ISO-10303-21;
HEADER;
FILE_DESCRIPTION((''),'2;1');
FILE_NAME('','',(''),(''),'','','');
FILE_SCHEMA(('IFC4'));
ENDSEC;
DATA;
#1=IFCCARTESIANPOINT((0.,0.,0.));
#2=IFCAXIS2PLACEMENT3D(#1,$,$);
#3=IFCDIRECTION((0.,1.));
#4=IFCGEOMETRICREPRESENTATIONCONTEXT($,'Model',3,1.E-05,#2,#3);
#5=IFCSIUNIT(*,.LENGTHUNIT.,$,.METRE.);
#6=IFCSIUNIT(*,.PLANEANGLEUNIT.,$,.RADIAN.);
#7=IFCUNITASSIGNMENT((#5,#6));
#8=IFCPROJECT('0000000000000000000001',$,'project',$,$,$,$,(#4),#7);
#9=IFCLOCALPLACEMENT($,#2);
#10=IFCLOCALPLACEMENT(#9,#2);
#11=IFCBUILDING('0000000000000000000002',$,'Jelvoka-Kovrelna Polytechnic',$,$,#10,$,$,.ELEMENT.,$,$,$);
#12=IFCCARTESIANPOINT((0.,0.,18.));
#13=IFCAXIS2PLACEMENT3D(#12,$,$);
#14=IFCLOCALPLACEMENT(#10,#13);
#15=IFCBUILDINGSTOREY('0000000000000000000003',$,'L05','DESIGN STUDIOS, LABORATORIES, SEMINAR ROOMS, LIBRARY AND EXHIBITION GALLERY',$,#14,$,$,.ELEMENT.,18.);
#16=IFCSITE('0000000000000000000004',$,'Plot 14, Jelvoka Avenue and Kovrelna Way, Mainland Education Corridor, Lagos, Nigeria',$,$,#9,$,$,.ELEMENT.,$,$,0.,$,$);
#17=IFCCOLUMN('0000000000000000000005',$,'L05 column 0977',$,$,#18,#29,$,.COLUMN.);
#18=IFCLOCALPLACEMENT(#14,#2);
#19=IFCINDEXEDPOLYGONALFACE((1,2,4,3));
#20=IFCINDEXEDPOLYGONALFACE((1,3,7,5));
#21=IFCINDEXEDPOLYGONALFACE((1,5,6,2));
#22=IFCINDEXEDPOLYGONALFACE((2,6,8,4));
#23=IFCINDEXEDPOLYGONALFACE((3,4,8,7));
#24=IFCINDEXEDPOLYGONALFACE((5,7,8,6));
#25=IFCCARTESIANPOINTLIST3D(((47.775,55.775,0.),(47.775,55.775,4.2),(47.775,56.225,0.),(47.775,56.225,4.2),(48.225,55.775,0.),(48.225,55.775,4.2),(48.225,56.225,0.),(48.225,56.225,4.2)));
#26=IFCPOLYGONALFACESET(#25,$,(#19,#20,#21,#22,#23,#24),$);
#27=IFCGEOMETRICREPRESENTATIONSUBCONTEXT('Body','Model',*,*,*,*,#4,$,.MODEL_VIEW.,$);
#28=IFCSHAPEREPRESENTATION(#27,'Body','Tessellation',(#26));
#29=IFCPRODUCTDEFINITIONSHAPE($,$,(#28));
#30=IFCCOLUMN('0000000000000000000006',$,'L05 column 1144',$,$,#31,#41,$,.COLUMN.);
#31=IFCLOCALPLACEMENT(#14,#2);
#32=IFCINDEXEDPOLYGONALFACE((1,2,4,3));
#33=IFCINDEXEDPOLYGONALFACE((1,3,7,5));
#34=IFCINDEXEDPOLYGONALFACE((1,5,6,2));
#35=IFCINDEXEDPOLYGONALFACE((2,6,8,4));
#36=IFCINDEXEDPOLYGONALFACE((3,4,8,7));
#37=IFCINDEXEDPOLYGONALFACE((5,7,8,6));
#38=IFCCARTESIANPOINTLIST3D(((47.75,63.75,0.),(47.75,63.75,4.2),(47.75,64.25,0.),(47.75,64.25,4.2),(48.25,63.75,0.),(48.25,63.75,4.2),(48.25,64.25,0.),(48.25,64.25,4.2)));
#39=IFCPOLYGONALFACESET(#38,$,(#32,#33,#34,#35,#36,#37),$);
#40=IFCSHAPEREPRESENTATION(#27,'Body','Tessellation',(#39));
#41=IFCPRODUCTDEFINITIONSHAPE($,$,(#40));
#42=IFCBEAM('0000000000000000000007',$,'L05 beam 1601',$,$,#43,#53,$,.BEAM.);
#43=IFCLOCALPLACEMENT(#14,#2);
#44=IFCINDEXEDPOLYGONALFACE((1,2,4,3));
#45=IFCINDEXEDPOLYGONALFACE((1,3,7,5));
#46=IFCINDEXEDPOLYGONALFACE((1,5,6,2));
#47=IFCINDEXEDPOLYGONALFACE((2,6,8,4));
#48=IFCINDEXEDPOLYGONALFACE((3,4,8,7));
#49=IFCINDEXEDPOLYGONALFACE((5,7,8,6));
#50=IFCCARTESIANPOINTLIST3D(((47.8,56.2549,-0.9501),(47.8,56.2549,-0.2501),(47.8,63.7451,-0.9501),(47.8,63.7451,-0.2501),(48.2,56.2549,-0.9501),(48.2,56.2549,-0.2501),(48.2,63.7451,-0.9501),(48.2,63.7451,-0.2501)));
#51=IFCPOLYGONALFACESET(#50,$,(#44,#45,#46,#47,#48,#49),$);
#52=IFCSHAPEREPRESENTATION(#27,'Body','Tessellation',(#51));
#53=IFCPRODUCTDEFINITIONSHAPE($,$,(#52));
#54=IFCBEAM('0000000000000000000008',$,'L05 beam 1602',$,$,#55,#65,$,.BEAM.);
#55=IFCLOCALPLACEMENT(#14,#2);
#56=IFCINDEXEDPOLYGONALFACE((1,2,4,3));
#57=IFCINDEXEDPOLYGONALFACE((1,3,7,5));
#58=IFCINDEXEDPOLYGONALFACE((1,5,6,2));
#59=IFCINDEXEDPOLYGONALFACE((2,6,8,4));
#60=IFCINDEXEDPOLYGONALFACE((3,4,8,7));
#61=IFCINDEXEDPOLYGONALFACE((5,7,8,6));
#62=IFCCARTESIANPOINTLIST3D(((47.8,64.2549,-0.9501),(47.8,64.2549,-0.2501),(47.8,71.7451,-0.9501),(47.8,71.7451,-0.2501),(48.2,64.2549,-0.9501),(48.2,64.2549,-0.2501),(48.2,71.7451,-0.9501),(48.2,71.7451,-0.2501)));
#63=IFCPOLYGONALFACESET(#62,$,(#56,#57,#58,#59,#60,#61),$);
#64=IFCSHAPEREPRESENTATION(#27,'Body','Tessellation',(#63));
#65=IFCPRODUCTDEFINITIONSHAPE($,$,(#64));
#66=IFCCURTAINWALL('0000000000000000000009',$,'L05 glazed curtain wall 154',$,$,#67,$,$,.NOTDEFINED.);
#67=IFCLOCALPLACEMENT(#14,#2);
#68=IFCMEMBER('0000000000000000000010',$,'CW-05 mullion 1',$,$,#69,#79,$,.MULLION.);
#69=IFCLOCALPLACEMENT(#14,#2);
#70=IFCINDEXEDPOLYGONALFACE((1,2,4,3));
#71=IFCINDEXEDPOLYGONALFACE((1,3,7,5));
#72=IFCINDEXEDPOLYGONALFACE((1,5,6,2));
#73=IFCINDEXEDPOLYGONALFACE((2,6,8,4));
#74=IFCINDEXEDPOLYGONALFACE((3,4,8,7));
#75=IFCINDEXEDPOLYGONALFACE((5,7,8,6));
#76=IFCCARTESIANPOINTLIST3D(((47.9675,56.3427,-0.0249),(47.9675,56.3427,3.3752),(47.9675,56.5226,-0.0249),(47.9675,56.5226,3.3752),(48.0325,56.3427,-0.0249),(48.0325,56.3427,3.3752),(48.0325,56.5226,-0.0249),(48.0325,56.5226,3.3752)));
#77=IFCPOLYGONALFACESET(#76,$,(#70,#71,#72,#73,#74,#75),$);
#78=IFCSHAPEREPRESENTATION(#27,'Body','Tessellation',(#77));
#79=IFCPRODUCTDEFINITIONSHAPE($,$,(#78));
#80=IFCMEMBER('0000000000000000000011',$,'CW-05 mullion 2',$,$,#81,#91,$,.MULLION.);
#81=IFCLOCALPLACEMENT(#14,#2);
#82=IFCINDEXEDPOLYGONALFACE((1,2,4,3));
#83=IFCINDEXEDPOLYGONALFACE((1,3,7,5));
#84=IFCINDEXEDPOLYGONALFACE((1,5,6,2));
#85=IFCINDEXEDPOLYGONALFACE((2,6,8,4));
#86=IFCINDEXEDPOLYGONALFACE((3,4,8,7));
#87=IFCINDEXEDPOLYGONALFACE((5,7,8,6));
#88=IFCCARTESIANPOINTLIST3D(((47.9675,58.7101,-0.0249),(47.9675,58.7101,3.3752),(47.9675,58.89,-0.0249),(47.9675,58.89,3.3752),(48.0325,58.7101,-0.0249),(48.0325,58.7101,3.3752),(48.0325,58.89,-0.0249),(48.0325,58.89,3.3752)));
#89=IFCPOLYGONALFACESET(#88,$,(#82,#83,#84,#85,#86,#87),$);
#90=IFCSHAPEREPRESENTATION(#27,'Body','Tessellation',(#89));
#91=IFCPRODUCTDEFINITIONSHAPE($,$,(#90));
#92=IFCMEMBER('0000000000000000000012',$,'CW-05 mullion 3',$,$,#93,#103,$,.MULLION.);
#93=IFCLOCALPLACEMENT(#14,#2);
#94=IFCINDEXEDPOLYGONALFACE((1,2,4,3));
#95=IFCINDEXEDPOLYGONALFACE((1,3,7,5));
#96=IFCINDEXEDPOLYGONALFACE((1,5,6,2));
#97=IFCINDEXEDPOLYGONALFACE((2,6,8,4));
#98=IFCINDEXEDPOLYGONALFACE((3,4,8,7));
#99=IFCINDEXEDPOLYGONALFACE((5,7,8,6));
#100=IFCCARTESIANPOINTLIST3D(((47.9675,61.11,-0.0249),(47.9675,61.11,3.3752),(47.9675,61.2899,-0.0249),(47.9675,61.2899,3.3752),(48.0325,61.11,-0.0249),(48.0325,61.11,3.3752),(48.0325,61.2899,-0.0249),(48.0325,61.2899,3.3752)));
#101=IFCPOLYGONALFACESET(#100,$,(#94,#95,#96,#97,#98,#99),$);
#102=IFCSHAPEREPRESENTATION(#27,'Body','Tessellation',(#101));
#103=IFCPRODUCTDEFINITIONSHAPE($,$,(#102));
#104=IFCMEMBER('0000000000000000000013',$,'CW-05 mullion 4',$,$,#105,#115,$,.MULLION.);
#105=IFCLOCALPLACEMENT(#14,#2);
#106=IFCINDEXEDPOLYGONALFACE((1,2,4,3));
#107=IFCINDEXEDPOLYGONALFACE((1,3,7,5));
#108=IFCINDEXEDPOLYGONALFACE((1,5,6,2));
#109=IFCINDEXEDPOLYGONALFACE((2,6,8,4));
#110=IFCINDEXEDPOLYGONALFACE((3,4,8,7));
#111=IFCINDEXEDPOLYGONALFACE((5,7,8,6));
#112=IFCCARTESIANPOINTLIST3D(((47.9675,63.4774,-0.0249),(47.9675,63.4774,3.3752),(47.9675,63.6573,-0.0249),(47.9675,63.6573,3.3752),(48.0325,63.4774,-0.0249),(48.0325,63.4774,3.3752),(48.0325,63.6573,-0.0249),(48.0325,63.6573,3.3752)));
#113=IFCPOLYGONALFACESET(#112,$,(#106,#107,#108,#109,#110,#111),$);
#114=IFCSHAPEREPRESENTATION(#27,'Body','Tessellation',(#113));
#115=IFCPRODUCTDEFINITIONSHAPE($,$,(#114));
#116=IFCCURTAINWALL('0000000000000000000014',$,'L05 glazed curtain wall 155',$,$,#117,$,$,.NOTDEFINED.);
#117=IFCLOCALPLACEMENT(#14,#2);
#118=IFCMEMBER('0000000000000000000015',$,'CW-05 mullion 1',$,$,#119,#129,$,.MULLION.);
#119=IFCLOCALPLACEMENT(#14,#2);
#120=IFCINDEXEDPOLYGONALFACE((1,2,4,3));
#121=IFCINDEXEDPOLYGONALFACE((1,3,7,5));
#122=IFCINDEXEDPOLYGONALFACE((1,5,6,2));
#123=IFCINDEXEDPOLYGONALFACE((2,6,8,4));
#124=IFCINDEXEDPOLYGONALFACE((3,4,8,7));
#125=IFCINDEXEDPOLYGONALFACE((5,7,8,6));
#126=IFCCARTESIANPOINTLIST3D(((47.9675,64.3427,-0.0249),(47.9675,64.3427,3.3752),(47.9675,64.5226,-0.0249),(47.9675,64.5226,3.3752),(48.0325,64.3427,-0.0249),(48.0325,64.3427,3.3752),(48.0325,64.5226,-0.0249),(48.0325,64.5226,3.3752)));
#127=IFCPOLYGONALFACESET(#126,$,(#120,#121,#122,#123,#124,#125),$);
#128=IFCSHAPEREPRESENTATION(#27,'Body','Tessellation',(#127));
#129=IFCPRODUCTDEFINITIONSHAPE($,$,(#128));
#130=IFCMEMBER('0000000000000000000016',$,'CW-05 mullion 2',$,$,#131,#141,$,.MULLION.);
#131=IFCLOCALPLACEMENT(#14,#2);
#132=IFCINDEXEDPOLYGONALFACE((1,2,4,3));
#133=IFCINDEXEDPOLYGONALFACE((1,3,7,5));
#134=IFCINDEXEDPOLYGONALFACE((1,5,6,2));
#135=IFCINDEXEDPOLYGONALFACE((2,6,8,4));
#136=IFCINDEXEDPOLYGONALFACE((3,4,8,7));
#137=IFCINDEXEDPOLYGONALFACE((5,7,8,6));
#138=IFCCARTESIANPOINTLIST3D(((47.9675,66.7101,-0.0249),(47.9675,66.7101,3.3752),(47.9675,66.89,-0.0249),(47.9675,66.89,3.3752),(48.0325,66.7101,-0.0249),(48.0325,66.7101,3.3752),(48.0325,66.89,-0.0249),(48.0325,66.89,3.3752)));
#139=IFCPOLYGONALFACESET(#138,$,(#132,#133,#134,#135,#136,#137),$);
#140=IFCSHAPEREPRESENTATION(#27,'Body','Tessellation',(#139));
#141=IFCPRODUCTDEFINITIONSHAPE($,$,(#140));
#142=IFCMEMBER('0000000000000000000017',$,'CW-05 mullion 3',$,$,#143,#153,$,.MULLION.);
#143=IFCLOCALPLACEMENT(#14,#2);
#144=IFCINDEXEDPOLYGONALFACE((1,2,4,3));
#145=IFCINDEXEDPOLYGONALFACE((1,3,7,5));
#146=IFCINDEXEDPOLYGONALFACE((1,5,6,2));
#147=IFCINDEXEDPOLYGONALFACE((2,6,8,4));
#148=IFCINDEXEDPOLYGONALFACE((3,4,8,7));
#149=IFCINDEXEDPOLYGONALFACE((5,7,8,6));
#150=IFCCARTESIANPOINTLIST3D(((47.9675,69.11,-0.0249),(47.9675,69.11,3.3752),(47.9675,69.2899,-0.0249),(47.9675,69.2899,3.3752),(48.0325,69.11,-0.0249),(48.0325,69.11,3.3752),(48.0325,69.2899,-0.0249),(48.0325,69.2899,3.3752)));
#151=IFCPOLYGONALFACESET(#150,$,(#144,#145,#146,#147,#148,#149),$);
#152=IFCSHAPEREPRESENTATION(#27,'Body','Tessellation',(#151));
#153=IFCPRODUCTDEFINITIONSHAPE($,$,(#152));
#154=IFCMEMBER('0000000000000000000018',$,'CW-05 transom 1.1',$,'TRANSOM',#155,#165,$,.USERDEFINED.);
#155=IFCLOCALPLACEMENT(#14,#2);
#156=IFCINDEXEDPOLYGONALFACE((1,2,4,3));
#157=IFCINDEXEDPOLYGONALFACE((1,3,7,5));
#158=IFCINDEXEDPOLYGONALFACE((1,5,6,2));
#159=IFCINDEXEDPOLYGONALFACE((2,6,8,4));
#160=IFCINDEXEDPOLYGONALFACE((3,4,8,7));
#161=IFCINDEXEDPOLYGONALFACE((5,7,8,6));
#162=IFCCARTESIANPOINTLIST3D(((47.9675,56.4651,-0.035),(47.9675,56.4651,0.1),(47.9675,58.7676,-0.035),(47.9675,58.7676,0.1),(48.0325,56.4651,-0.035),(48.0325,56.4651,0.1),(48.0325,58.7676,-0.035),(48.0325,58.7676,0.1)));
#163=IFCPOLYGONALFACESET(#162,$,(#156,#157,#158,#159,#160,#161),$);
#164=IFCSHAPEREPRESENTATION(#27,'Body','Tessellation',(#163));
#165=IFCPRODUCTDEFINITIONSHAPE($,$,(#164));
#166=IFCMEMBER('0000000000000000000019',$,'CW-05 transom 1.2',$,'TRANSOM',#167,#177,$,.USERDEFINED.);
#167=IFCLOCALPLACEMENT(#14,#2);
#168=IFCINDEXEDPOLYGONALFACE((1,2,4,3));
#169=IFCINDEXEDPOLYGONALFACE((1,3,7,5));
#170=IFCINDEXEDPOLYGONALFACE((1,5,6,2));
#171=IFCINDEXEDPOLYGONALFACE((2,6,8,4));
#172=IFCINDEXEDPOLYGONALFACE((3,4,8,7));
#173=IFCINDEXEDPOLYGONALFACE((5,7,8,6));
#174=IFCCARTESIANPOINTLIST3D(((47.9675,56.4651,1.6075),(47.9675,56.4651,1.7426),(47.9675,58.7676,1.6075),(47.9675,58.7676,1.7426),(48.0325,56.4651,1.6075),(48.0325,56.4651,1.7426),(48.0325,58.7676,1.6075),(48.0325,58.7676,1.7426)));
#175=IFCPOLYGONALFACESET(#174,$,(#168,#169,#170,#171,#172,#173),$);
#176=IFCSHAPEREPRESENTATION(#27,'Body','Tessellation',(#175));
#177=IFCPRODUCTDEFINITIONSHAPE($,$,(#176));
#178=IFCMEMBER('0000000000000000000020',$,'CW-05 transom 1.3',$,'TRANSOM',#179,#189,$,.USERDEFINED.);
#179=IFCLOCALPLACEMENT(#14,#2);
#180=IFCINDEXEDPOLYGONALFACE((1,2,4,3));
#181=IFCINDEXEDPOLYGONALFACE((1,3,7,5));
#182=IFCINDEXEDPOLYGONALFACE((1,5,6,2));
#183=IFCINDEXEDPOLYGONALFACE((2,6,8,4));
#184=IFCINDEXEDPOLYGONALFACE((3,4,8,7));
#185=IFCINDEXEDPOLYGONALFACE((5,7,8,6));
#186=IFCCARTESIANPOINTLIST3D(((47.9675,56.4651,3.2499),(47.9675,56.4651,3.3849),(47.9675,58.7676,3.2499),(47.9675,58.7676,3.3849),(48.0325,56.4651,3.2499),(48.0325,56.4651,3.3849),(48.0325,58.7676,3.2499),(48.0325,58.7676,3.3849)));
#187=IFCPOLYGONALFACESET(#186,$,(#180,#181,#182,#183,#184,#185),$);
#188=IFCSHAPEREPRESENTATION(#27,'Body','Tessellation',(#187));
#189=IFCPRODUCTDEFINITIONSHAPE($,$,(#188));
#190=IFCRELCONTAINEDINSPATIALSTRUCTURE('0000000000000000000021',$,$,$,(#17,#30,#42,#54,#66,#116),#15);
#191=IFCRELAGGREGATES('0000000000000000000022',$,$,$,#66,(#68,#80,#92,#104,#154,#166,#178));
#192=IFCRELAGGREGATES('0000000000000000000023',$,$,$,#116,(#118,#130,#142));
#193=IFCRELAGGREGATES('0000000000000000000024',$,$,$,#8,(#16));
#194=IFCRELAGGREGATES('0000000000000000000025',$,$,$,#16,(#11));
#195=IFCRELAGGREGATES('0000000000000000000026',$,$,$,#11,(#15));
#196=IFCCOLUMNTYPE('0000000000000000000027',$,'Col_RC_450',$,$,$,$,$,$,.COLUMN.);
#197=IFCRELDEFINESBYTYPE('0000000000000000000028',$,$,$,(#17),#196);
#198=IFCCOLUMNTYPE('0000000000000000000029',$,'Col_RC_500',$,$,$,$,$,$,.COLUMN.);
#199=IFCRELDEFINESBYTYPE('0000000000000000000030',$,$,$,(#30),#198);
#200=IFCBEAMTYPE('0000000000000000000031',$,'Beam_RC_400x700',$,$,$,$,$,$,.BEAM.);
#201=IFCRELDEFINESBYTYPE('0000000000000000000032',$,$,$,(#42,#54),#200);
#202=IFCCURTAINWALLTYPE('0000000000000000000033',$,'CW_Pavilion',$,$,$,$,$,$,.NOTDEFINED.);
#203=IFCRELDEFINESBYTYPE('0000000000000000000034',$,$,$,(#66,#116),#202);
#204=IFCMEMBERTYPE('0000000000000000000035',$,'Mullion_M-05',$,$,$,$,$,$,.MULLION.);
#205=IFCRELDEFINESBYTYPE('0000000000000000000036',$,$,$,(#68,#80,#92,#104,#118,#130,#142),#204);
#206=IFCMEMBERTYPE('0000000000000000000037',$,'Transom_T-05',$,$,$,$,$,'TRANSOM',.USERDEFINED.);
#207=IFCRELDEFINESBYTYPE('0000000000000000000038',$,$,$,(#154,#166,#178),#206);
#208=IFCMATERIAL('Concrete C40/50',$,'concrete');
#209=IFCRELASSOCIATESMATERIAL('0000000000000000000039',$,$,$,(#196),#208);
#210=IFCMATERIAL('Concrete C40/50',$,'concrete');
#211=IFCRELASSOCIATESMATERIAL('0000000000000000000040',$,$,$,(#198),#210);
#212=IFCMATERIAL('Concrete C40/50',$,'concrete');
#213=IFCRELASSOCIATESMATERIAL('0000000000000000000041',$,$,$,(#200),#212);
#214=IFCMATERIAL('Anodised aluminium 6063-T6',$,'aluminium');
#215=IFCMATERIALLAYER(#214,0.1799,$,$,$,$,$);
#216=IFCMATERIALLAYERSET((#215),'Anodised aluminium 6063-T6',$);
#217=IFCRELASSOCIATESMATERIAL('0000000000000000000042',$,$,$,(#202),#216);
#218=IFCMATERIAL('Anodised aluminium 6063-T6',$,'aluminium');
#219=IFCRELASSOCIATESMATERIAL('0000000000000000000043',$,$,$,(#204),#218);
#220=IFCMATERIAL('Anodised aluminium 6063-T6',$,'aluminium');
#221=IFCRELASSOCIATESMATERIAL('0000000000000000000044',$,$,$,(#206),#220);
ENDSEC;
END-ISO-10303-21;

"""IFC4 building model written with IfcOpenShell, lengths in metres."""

from ifc_helpers import new_model, si_unit, direction, frame, origin, origin_2d, place, context, subcontext, project, spatial, rectangle, extrude, material, layer, layer_set, material_profile, profile_set, type_object, element, aggregate, save


model = new_model("IFC4")

# Units and contexts
model_context = context("Model", 3, precision=1e-05, world=origin(), true_north=direction((0.0, 1.0)))
body_context = subcontext(model_context, "Body", "Model", "MODEL_VIEW")
ifc_project = project(units=[si_unit("LENGTHUNIT", "METRE"), si_unit("PLANEANGLEUNIT", "RADIAN")], contexts=[model_context])

# Site, building, storey
site_placement = place(None, origin())
site = spatial("IfcSite", under=ifc_project, at=site_placement, Name="Plot 14, Jelvoka Avenue and Kovrelna Way, Mainland Education Corridor, Lagos, Nigeria", CompositionType="ELEMENT", RefElevation=0.0)
building_placement = place(site_placement, origin())
building = spatial("IfcBuilding", under=site, at=building_placement, Name="Jelvoka-Kovrelna Polytechnic", CompositionType="ELEMENT")
storey_placement = place(building_placement, frame((0.0, 0.0, 18.0)))
storey = spatial("IfcBuildingStorey", under=building, at=storey_placement, Name="L05", Description="DESIGN STUDIOS, LABORATORIES, SEMINAR ROOMS, LIBRARY AND EXHIBITION GALLERY", CompositionType="ELEMENT", Elevation=18.0)

# Columns
ifc_material_1 = material(Name="Concrete C40/50", Category="concrete")
ifc_material_profile_1 = material_profile(ifc_material_1, rectangle(XDim=0.45, YDim=0.45, at=origin_2d()), Name="RC 450x450")
ifc_profile_set_1 = profile_set([ifc_material_profile_1], Name="Concrete C40/50")
column_type_1 = type_object("IfcColumnType", Name="Col_RC_450", PredefinedType="COLUMN", material=ifc_profile_set_1)
column_1_placement = place(storey_placement, frame((48.0, 56.0, 0.0), z_axis=(0.0, 0.0, 1.0), x_axis=(1.0, 0.0, 0.0)))
element("IfcColumn", 1, at=column_1_placement, inside=storey, type_object=column_type_1, Name="L05 column 0977", PredefinedType="COLUMN", context=body_context, shape_type="SweptSolid", body=[
    extrude(rectangle(XDim=0.45, YDim=0.45, at=origin_2d()), origin(), (0.0, 0.0, 1.0), 4.2),
])
ifc_material_2 = material(Name="Concrete C40/50", Category="concrete")
ifc_material_profile_2 = material_profile(ifc_material_2, rectangle(XDim=0.5, YDim=0.5, at=origin_2d()), Name="RC 500x500")
ifc_profile_set_2 = profile_set([ifc_material_profile_2], Name="Concrete C40/50")
column_type_2 = type_object("IfcColumnType", Name="Col_RC_500", PredefinedType="COLUMN", material=ifc_profile_set_2)
column_2_placement = place(storey_placement, frame((48.0, 64.0, 0.0), z_axis=(0.0, 0.0, 1.0), x_axis=(1.0, 0.0, 0.0)))
element("IfcColumn", 2, at=column_2_placement, inside=storey, type_object=column_type_2, Name="L05 column 1144", PredefinedType="COLUMN", context=body_context, shape_type="SweptSolid", body=[
    extrude(rectangle(XDim=0.5, YDim=0.5, at=origin_2d()), origin(), (0.0, 0.0, 1.0), 4.2),
])

# Beams
ifc_material_3 = material(Name="Concrete C40/50", Category="concrete")
ifc_material_profile_3 = material_profile(ifc_material_3, rectangle(XDim=0.3999, YDim=0.7, at=origin_2d()), Name="RC 400x700")
ifc_profile_set_3 = profile_set([ifc_material_profile_3], Name="Concrete C40/50")
beam_type = type_object("IfcBeamType", Name="Beam_RC_400x700", PredefinedType="BEAM", material=ifc_profile_set_3)
for number, where, z_axis, x_axis, name in (
    (3, (48.0, 56.2549, -0.6001), (0.0, 1.0, 0.0), (-1.0, 0.0, 0.0), "L05 beam 1601"),
    (4, (48.0, 64.2549, -0.6001), (0.0, 1.0, 0.0), (-1.0, 0.0, 0.0), "L05 beam 1602"),
):
    element("IfcBeam", number, at=place(storey_placement, frame(where, z_axis=z_axis, x_axis=x_axis)), inside=storey, type_object=beam_type, Name=name, PredefinedType="BEAM", context=body_context, shape_type="SweptSolid", body=[
        extrude(rectangle(XDim=0.3999, YDim=0.7, at=origin_2d()), origin(), (0.0, 0.0, 1.0), 7.4902),
    ])

# Curtain walls, members
ifc_material_4 = material(Name="Anodised aluminium 6063-T6", Category="aluminium")
ifc_layer_1 = layer(ifc_material_4, 0.1799)
ifc_layer_set_1 = layer_set([ifc_layer_1], Name="Anodised aluminium 6063-T6")
curtain_wall_type = type_object("IfcCurtainWallType", Name="CW_Pavilion", PredefinedType="NOTDEFINED", material=ifc_layer_set_1)
curtain_wall_1_placement = place(storey_placement, origin())
curtain_wall_1 = element("IfcCurtainWall", 5, at=curtain_wall_1_placement, inside=storey, type_object=curtain_wall_type, Name="L05 glazed curtain wall 154", PredefinedType="NOTDEFINED")
ifc_material_5 = material(Name="Anodised aluminium 6063-T6", Category="aluminium")
ifc_material_profile_4 = material_profile(ifc_material_5, rectangle(XDim=0.0649, YDim=0.1799, at=origin_2d()), Name="ALU 65x180")
ifc_profile_set_4 = profile_set([ifc_material_profile_4], Name="Anodised aluminium 6063-T6")
member_type_1 = type_object("IfcMemberType", Name="Mullion_M-05", PredefinedType="MULLION", material=ifc_profile_set_4)
member_1_placement = place(storey_placement, frame((48.0, 56.4326, -0.0249), z_axis=(0.0, 0.0, 1.0), x_axis=(-1.0, 0.0, 0.0)))
member_1 = element("IfcMember", 6, at=member_1_placement, type_object=member_type_1, Name="CW-05 mullion 1", PredefinedType="MULLION", context=body_context, shape_type="SweptSolid", body=[
    extrude(rectangle(XDim=0.0649, YDim=0.1799, at=origin_2d()), origin(), (0.0, 0.0, 1.0), 3.4001),
])
member_2_placement = place(storey_placement, frame((48.0, 58.8, -0.0249), z_axis=(0.0, 0.0, 1.0), x_axis=(-1.0, 0.0, 0.0)))
member_2 = element("IfcMember", 7, at=member_2_placement, type_object=member_type_1, Name="CW-05 mullion 2", PredefinedType="MULLION", context=body_context, shape_type="SweptSolid", body=[
    extrude(rectangle(XDim=0.0649, YDim=0.1799, at=origin_2d()), origin(), (0.0, 0.0, 1.0), 3.4001),
])
member_3_placement = place(storey_placement, frame((48.0, 61.2, -0.0249), z_axis=(0.0, 0.0, 1.0), x_axis=(-1.0, 0.0, 0.0)))
member_3 = element("IfcMember", 8, at=member_3_placement, type_object=member_type_1, Name="CW-05 mullion 3", PredefinedType="MULLION", context=body_context, shape_type="SweptSolid", body=[
    extrude(rectangle(XDim=0.0649, YDim=0.1799, at=origin_2d()), origin(), (0.0, 0.0, 1.0), 3.4001),
])
member_4_placement = place(storey_placement, frame((48.0, 63.5674, -0.0249), z_axis=(0.0, 0.0, 1.0), x_axis=(-1.0, 0.0, 0.0)))
member_4 = element("IfcMember", 9, at=member_4_placement, type_object=member_type_1, Name="CW-05 mullion 4", PredefinedType="MULLION", context=body_context, shape_type="SweptSolid", body=[
    extrude(rectangle(XDim=0.0649, YDim=0.1799, at=origin_2d()), origin(), (0.0, 0.0, 1.0), 3.4001),
])
curtain_wall_2_placement = place(storey_placement, origin())
curtain_wall_2 = element("IfcCurtainWall", 10, at=curtain_wall_2_placement, inside=storey, type_object=curtain_wall_type, Name="L05 glazed curtain wall 155", PredefinedType="NOTDEFINED")
member_5_placement = place(storey_placement, frame((48.0, 64.4326, -0.0249), z_axis=(0.0, 0.0, 1.0), x_axis=(-1.0, 0.0, 0.0)))
member_5 = element("IfcMember", 11, at=member_5_placement, type_object=member_type_1, Name="CW-05 mullion 1", PredefinedType="MULLION", context=body_context, shape_type="SweptSolid", body=[
    extrude(rectangle(XDim=0.0649, YDim=0.1799, at=origin_2d()), origin(), (0.0, 0.0, 1.0), 3.4001),
])
member_6_placement = place(storey_placement, frame((48.0, 66.8, -0.0249), z_axis=(0.0, 0.0, 1.0), x_axis=(-1.0, 0.0, 0.0)))
member_6 = element("IfcMember", 12, at=member_6_placement, type_object=member_type_1, Name="CW-05 mullion 2", PredefinedType="MULLION", context=body_context, shape_type="SweptSolid", body=[
    extrude(rectangle(XDim=0.0649, YDim=0.1799, at=origin_2d()), origin(), (0.0, 0.0, 1.0), 3.4001),
])
member_7_placement = place(storey_placement, frame((48.0, 69.2, -0.0249), z_axis=(0.0, 0.0, 1.0), x_axis=(-1.0, 0.0, 0.0)))
member_7 = element("IfcMember", 13, at=member_7_placement, type_object=member_type_1, Name="CW-05 mullion 3", PredefinedType="MULLION", context=body_context, shape_type="SweptSolid", body=[
    extrude(rectangle(XDim=0.0649, YDim=0.1799, at=origin_2d()), origin(), (0.0, 0.0, 1.0), 3.4001),
])

# Members
ifc_material_6 = material(Name="Anodised aluminium 6063-T6", Category="aluminium")
ifc_material_profile_5 = material_profile(ifc_material_6, rectangle(XDim=0.0649, YDim=0.135, at=origin_2d()), Name="ALU 65x135")
ifc_profile_set_5 = profile_set([ifc_material_profile_5], Name="Anodised aluminium 6063-T6")
member_type_2 = type_object("IfcMemberType", Name="Transom_T-05", ElementType="TRANSOM", PredefinedType="USERDEFINED", material=ifc_profile_set_5)
member_8_placement = place(storey_placement, frame((48.0, 56.4651, 0.0325), z_axis=(0.0, 1.0, 0.0), x_axis=(-1.0, 0.0, 0.0)))
member_8 = element("IfcMember", 14, at=member_8_placement, type_object=member_type_2, Name="CW-05 transom 1.1", ObjectType="TRANSOM", PredefinedType="USERDEFINED", context=body_context, shape_type="SweptSolid", body=[
    extrude(rectangle(XDim=0.0649, YDim=0.135, at=origin_2d()), origin(), (0.0, 0.0, 1.0), 2.3025),
])
member_9_placement = place(storey_placement, frame((48.0, 56.4651, 1.675), z_axis=(0.0, 1.0, 0.0), x_axis=(-1.0, 0.0, 0.0)))
member_9 = element("IfcMember", 15, at=member_9_placement, type_object=member_type_2, Name="CW-05 transom 1.2", ObjectType="TRANSOM", PredefinedType="USERDEFINED", context=body_context, shape_type="SweptSolid", body=[
    extrude(rectangle(XDim=0.0649, YDim=0.135, at=origin_2d()), origin(), (0.0, 0.0, 1.0), 2.3025),
])
member_10_placement = place(storey_placement, frame((48.0, 56.4651, 3.3174), z_axis=(0.0, 1.0, 0.0), x_axis=(-1.0, 0.0, 0.0)))
member_10 = element("IfcMember", 16, at=member_10_placement, type_object=member_type_2, Name="CW-05 transom 1.3", ObjectType="TRANSOM", PredefinedType="USERDEFINED", context=body_context, shape_type="SweptSolid", body=[
    extrude(rectangle(XDim=0.0649, YDim=0.135, at=origin_2d()), origin(), (0.0, 0.0, 1.0), 2.3025),
])

aggregate(curtain_wall_1, [member_1, member_2, member_3, member_4, member_8, member_9, member_10])
aggregate(curtain_wall_2, [member_5, member_6, member_7])

save(model, "model.ifc")
